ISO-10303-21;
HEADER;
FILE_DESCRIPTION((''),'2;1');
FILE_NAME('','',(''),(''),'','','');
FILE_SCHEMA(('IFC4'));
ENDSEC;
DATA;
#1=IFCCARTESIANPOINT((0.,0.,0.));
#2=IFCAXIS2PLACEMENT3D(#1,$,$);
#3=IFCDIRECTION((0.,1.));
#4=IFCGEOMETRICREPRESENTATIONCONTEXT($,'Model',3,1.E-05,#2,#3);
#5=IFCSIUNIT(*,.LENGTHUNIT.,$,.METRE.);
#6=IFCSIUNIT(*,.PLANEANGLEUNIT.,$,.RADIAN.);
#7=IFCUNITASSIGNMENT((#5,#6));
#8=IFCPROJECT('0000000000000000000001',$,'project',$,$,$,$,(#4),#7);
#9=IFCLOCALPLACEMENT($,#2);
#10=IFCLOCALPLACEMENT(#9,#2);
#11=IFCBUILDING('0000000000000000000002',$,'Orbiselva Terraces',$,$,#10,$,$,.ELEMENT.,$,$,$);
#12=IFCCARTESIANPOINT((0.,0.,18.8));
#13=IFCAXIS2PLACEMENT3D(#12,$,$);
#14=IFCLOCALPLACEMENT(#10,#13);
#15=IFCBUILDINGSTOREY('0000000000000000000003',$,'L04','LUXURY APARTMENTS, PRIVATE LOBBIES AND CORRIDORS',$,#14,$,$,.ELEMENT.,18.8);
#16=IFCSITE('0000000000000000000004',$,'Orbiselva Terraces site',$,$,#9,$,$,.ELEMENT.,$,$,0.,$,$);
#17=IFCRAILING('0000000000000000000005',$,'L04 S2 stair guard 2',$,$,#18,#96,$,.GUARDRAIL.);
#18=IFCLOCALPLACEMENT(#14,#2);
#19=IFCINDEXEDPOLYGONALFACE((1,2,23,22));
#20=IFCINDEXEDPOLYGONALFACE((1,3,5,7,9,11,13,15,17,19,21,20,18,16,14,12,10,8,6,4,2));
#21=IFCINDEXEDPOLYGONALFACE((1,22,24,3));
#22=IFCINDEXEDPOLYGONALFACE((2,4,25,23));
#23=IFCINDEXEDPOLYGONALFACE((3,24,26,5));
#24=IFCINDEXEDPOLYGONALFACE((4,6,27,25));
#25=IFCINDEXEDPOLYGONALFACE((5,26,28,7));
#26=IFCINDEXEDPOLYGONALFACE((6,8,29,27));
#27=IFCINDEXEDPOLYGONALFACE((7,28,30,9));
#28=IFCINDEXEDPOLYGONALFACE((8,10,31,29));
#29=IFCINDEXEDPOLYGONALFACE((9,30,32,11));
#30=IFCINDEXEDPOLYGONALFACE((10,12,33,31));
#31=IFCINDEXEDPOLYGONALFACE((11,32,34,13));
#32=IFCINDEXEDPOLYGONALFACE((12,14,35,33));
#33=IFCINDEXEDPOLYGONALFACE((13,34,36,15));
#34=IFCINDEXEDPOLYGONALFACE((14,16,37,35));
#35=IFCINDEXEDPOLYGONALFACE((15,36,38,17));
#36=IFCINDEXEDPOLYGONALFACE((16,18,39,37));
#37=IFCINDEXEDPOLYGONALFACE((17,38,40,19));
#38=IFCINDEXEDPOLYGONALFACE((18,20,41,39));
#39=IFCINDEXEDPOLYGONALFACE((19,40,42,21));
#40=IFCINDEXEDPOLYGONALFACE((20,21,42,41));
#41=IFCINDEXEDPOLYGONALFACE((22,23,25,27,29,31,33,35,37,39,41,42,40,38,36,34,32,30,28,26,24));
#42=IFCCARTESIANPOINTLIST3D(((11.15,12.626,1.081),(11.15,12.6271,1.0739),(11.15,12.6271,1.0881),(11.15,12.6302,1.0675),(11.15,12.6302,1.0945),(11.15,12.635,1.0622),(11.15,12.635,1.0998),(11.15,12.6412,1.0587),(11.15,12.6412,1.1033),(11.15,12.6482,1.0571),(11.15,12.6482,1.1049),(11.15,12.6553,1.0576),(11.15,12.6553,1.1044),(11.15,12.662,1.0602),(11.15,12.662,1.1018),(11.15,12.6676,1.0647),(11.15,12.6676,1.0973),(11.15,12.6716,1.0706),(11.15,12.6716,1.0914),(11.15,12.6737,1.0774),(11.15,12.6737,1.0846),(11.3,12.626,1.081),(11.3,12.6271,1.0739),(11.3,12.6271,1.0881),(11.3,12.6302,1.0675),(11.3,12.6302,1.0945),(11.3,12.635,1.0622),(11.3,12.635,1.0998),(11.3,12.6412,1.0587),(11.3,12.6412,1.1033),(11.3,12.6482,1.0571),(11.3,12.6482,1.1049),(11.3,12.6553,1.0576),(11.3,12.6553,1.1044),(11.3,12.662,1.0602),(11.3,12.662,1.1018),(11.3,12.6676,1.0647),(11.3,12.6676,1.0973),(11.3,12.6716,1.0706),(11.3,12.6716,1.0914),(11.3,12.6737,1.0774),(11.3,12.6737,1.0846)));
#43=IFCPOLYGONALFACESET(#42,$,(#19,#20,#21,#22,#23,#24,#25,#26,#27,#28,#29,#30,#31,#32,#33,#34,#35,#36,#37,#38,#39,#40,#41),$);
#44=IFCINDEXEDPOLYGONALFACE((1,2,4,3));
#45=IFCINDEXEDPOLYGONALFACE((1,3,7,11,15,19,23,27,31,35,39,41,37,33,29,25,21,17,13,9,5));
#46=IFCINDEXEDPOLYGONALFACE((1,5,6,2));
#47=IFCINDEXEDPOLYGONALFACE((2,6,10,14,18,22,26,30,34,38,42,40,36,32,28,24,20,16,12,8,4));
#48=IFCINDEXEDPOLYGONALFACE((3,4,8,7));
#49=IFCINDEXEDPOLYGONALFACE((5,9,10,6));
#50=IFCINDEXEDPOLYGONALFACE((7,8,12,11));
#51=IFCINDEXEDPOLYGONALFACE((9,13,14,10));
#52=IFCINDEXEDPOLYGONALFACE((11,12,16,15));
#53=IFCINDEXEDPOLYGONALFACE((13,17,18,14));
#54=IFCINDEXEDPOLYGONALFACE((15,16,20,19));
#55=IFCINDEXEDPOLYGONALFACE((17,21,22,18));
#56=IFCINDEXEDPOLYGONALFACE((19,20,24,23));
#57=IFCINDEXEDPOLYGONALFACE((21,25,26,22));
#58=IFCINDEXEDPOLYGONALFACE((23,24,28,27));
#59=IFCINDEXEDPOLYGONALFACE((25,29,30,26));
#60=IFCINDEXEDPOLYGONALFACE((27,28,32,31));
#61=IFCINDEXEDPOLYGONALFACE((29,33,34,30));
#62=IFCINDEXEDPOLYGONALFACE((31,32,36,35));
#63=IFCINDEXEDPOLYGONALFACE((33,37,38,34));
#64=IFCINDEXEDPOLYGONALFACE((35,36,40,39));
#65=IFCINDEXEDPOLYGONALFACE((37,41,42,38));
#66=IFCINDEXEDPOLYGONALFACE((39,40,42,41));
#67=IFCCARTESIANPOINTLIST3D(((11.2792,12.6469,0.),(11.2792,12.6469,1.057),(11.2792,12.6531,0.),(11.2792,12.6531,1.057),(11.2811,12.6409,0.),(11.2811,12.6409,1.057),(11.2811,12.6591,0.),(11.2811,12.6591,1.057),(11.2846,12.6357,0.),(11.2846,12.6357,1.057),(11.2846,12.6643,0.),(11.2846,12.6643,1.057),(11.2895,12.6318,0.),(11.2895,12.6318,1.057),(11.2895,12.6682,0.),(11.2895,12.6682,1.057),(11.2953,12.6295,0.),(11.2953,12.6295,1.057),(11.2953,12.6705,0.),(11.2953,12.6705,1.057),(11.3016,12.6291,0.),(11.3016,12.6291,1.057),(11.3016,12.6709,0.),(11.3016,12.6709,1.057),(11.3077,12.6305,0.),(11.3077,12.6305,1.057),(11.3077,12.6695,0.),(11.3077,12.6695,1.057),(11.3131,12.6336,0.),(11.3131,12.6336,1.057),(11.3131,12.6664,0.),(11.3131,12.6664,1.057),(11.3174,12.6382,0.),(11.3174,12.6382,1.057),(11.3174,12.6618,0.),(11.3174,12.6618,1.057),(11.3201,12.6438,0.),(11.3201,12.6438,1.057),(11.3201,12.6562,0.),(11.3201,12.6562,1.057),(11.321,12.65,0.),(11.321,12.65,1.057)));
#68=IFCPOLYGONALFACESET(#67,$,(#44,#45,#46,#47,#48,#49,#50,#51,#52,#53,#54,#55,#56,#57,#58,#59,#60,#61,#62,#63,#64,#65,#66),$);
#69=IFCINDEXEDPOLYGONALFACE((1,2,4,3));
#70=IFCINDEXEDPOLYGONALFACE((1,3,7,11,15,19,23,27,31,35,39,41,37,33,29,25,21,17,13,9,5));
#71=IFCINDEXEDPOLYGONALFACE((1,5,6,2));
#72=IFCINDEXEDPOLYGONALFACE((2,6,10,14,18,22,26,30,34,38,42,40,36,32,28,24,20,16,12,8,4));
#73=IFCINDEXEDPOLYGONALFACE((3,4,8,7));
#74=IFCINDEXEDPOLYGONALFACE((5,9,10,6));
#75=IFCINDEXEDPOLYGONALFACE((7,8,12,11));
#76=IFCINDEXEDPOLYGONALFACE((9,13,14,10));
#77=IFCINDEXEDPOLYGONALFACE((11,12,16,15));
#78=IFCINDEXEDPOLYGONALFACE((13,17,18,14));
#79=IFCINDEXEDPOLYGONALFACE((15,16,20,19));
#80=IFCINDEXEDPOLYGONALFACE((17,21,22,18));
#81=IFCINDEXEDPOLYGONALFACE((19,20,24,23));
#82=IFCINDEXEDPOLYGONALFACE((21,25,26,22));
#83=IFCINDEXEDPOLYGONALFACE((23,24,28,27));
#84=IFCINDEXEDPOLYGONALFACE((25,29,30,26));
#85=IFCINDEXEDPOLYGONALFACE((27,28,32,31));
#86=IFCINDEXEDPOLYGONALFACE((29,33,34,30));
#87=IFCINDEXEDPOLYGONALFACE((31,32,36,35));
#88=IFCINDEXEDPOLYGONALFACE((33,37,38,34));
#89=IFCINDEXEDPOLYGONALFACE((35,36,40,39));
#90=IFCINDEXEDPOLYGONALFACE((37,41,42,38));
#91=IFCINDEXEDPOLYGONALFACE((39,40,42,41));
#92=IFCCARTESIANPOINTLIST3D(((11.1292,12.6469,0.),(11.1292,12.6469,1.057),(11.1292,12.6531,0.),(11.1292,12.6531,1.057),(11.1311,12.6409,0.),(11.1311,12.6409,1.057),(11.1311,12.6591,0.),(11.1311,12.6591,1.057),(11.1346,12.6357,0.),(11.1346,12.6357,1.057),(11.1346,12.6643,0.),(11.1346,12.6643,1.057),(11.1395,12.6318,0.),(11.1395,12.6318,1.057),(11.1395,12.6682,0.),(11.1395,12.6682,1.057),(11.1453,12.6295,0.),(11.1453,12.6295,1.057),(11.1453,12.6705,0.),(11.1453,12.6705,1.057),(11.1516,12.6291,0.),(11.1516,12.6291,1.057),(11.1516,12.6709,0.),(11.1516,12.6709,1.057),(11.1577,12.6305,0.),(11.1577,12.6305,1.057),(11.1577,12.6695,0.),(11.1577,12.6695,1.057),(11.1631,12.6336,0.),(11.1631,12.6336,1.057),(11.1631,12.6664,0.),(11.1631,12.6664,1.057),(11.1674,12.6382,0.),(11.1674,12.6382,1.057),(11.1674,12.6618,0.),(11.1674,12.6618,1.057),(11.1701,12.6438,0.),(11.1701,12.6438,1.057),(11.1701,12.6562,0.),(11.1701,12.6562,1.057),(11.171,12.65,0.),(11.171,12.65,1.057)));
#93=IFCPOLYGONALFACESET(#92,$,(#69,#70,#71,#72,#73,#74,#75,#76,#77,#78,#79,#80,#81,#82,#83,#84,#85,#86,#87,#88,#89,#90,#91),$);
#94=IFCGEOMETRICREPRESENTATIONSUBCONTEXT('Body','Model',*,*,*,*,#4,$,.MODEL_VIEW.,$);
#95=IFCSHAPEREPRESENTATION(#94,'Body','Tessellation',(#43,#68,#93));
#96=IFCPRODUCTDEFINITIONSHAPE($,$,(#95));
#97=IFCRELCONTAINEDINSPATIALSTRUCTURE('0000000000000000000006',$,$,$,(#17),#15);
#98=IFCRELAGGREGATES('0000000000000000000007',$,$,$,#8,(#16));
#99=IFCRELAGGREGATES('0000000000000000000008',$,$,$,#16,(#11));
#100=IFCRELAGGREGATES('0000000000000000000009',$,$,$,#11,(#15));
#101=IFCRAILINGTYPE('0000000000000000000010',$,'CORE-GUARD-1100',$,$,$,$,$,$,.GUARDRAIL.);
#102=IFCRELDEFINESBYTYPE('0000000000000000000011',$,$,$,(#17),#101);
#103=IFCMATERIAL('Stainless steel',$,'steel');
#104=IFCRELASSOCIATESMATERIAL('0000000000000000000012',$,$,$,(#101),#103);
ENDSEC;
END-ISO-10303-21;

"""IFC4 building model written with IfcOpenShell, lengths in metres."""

from ifc_helpers import new_model, si_unit, direction, frame, origin, origin_2d, place, context, subcontext, project, spatial, circle, extrude, material, type_object, element, save


model = new_model("IFC4")

# Units and contexts
model_context = context("Model", 3, precision=1e-05, world=origin(), true_north=direction((0.0, 1.0)))
body_context = subcontext(model_context, "Body", "Model", "MODEL_VIEW")
ifc_project = project(units=[si_unit("LENGTHUNIT", "METRE"), si_unit("PLANEANGLEUNIT", "RADIAN")], contexts=[model_context])

# Site, building, storey
site_placement = place(None, origin())
site = spatial("IfcSite", under=ifc_project, at=site_placement, Name="Orbiselva Terraces site", CompositionType="ELEMENT", RefElevation=0.0)
building_placement = place(site_placement, origin())
building = spatial("IfcBuilding", under=site, at=building_placement, Name="Orbiselva Terraces", CompositionType="ELEMENT")
storey_placement = place(building_placement, frame((0.0, 0.0, 18.8)))
storey = spatial("IfcBuildingStorey", under=building, at=storey_placement, Name="L04", Description="LUXURY APARTMENTS, PRIVATE LOBBIES AND CORRIDORS", CompositionType="ELEMENT", Elevation=18.8)

# Railing
ifc_material_1 = material(Name="Stainless steel", Category="steel")
railing_type = type_object("IfcRailingType", Name="CORE-GUARD-1100", PredefinedType="GUARDRAIL", material=ifc_material_1)
railing_1_placement = place(storey_placement, frame((11.3, 12.65, 0.0)))
element("IfcRailing", 1, at=railing_1_placement, inside=storey, type_object=railing_type, Name="L04 S2 stair guard 2", PredefinedType="GUARDRAIL", context=body_context, shape_type="SweptSolid", body=[
    extrude(circle(Radius=0.024, at=origin_2d()), frame((0.0, 0.0, 1.081), z_axis=(-1.0, 0.0, 0.0), x_axis=(0.0, -1.0, 0.0)), (0.0, 0.0, 1.0), 0.15),
    extrude(circle(Radius=0.021, at=origin_2d()), origin(), (0.0, 0.0, 1.0), 1.057),
    extrude(circle(Radius=0.021, at=origin_2d()), frame((-0.15, 0.0, 0.0)), (0.0, 0.0, 1.0), 1.057),
])

save(model, "model.ifc")
